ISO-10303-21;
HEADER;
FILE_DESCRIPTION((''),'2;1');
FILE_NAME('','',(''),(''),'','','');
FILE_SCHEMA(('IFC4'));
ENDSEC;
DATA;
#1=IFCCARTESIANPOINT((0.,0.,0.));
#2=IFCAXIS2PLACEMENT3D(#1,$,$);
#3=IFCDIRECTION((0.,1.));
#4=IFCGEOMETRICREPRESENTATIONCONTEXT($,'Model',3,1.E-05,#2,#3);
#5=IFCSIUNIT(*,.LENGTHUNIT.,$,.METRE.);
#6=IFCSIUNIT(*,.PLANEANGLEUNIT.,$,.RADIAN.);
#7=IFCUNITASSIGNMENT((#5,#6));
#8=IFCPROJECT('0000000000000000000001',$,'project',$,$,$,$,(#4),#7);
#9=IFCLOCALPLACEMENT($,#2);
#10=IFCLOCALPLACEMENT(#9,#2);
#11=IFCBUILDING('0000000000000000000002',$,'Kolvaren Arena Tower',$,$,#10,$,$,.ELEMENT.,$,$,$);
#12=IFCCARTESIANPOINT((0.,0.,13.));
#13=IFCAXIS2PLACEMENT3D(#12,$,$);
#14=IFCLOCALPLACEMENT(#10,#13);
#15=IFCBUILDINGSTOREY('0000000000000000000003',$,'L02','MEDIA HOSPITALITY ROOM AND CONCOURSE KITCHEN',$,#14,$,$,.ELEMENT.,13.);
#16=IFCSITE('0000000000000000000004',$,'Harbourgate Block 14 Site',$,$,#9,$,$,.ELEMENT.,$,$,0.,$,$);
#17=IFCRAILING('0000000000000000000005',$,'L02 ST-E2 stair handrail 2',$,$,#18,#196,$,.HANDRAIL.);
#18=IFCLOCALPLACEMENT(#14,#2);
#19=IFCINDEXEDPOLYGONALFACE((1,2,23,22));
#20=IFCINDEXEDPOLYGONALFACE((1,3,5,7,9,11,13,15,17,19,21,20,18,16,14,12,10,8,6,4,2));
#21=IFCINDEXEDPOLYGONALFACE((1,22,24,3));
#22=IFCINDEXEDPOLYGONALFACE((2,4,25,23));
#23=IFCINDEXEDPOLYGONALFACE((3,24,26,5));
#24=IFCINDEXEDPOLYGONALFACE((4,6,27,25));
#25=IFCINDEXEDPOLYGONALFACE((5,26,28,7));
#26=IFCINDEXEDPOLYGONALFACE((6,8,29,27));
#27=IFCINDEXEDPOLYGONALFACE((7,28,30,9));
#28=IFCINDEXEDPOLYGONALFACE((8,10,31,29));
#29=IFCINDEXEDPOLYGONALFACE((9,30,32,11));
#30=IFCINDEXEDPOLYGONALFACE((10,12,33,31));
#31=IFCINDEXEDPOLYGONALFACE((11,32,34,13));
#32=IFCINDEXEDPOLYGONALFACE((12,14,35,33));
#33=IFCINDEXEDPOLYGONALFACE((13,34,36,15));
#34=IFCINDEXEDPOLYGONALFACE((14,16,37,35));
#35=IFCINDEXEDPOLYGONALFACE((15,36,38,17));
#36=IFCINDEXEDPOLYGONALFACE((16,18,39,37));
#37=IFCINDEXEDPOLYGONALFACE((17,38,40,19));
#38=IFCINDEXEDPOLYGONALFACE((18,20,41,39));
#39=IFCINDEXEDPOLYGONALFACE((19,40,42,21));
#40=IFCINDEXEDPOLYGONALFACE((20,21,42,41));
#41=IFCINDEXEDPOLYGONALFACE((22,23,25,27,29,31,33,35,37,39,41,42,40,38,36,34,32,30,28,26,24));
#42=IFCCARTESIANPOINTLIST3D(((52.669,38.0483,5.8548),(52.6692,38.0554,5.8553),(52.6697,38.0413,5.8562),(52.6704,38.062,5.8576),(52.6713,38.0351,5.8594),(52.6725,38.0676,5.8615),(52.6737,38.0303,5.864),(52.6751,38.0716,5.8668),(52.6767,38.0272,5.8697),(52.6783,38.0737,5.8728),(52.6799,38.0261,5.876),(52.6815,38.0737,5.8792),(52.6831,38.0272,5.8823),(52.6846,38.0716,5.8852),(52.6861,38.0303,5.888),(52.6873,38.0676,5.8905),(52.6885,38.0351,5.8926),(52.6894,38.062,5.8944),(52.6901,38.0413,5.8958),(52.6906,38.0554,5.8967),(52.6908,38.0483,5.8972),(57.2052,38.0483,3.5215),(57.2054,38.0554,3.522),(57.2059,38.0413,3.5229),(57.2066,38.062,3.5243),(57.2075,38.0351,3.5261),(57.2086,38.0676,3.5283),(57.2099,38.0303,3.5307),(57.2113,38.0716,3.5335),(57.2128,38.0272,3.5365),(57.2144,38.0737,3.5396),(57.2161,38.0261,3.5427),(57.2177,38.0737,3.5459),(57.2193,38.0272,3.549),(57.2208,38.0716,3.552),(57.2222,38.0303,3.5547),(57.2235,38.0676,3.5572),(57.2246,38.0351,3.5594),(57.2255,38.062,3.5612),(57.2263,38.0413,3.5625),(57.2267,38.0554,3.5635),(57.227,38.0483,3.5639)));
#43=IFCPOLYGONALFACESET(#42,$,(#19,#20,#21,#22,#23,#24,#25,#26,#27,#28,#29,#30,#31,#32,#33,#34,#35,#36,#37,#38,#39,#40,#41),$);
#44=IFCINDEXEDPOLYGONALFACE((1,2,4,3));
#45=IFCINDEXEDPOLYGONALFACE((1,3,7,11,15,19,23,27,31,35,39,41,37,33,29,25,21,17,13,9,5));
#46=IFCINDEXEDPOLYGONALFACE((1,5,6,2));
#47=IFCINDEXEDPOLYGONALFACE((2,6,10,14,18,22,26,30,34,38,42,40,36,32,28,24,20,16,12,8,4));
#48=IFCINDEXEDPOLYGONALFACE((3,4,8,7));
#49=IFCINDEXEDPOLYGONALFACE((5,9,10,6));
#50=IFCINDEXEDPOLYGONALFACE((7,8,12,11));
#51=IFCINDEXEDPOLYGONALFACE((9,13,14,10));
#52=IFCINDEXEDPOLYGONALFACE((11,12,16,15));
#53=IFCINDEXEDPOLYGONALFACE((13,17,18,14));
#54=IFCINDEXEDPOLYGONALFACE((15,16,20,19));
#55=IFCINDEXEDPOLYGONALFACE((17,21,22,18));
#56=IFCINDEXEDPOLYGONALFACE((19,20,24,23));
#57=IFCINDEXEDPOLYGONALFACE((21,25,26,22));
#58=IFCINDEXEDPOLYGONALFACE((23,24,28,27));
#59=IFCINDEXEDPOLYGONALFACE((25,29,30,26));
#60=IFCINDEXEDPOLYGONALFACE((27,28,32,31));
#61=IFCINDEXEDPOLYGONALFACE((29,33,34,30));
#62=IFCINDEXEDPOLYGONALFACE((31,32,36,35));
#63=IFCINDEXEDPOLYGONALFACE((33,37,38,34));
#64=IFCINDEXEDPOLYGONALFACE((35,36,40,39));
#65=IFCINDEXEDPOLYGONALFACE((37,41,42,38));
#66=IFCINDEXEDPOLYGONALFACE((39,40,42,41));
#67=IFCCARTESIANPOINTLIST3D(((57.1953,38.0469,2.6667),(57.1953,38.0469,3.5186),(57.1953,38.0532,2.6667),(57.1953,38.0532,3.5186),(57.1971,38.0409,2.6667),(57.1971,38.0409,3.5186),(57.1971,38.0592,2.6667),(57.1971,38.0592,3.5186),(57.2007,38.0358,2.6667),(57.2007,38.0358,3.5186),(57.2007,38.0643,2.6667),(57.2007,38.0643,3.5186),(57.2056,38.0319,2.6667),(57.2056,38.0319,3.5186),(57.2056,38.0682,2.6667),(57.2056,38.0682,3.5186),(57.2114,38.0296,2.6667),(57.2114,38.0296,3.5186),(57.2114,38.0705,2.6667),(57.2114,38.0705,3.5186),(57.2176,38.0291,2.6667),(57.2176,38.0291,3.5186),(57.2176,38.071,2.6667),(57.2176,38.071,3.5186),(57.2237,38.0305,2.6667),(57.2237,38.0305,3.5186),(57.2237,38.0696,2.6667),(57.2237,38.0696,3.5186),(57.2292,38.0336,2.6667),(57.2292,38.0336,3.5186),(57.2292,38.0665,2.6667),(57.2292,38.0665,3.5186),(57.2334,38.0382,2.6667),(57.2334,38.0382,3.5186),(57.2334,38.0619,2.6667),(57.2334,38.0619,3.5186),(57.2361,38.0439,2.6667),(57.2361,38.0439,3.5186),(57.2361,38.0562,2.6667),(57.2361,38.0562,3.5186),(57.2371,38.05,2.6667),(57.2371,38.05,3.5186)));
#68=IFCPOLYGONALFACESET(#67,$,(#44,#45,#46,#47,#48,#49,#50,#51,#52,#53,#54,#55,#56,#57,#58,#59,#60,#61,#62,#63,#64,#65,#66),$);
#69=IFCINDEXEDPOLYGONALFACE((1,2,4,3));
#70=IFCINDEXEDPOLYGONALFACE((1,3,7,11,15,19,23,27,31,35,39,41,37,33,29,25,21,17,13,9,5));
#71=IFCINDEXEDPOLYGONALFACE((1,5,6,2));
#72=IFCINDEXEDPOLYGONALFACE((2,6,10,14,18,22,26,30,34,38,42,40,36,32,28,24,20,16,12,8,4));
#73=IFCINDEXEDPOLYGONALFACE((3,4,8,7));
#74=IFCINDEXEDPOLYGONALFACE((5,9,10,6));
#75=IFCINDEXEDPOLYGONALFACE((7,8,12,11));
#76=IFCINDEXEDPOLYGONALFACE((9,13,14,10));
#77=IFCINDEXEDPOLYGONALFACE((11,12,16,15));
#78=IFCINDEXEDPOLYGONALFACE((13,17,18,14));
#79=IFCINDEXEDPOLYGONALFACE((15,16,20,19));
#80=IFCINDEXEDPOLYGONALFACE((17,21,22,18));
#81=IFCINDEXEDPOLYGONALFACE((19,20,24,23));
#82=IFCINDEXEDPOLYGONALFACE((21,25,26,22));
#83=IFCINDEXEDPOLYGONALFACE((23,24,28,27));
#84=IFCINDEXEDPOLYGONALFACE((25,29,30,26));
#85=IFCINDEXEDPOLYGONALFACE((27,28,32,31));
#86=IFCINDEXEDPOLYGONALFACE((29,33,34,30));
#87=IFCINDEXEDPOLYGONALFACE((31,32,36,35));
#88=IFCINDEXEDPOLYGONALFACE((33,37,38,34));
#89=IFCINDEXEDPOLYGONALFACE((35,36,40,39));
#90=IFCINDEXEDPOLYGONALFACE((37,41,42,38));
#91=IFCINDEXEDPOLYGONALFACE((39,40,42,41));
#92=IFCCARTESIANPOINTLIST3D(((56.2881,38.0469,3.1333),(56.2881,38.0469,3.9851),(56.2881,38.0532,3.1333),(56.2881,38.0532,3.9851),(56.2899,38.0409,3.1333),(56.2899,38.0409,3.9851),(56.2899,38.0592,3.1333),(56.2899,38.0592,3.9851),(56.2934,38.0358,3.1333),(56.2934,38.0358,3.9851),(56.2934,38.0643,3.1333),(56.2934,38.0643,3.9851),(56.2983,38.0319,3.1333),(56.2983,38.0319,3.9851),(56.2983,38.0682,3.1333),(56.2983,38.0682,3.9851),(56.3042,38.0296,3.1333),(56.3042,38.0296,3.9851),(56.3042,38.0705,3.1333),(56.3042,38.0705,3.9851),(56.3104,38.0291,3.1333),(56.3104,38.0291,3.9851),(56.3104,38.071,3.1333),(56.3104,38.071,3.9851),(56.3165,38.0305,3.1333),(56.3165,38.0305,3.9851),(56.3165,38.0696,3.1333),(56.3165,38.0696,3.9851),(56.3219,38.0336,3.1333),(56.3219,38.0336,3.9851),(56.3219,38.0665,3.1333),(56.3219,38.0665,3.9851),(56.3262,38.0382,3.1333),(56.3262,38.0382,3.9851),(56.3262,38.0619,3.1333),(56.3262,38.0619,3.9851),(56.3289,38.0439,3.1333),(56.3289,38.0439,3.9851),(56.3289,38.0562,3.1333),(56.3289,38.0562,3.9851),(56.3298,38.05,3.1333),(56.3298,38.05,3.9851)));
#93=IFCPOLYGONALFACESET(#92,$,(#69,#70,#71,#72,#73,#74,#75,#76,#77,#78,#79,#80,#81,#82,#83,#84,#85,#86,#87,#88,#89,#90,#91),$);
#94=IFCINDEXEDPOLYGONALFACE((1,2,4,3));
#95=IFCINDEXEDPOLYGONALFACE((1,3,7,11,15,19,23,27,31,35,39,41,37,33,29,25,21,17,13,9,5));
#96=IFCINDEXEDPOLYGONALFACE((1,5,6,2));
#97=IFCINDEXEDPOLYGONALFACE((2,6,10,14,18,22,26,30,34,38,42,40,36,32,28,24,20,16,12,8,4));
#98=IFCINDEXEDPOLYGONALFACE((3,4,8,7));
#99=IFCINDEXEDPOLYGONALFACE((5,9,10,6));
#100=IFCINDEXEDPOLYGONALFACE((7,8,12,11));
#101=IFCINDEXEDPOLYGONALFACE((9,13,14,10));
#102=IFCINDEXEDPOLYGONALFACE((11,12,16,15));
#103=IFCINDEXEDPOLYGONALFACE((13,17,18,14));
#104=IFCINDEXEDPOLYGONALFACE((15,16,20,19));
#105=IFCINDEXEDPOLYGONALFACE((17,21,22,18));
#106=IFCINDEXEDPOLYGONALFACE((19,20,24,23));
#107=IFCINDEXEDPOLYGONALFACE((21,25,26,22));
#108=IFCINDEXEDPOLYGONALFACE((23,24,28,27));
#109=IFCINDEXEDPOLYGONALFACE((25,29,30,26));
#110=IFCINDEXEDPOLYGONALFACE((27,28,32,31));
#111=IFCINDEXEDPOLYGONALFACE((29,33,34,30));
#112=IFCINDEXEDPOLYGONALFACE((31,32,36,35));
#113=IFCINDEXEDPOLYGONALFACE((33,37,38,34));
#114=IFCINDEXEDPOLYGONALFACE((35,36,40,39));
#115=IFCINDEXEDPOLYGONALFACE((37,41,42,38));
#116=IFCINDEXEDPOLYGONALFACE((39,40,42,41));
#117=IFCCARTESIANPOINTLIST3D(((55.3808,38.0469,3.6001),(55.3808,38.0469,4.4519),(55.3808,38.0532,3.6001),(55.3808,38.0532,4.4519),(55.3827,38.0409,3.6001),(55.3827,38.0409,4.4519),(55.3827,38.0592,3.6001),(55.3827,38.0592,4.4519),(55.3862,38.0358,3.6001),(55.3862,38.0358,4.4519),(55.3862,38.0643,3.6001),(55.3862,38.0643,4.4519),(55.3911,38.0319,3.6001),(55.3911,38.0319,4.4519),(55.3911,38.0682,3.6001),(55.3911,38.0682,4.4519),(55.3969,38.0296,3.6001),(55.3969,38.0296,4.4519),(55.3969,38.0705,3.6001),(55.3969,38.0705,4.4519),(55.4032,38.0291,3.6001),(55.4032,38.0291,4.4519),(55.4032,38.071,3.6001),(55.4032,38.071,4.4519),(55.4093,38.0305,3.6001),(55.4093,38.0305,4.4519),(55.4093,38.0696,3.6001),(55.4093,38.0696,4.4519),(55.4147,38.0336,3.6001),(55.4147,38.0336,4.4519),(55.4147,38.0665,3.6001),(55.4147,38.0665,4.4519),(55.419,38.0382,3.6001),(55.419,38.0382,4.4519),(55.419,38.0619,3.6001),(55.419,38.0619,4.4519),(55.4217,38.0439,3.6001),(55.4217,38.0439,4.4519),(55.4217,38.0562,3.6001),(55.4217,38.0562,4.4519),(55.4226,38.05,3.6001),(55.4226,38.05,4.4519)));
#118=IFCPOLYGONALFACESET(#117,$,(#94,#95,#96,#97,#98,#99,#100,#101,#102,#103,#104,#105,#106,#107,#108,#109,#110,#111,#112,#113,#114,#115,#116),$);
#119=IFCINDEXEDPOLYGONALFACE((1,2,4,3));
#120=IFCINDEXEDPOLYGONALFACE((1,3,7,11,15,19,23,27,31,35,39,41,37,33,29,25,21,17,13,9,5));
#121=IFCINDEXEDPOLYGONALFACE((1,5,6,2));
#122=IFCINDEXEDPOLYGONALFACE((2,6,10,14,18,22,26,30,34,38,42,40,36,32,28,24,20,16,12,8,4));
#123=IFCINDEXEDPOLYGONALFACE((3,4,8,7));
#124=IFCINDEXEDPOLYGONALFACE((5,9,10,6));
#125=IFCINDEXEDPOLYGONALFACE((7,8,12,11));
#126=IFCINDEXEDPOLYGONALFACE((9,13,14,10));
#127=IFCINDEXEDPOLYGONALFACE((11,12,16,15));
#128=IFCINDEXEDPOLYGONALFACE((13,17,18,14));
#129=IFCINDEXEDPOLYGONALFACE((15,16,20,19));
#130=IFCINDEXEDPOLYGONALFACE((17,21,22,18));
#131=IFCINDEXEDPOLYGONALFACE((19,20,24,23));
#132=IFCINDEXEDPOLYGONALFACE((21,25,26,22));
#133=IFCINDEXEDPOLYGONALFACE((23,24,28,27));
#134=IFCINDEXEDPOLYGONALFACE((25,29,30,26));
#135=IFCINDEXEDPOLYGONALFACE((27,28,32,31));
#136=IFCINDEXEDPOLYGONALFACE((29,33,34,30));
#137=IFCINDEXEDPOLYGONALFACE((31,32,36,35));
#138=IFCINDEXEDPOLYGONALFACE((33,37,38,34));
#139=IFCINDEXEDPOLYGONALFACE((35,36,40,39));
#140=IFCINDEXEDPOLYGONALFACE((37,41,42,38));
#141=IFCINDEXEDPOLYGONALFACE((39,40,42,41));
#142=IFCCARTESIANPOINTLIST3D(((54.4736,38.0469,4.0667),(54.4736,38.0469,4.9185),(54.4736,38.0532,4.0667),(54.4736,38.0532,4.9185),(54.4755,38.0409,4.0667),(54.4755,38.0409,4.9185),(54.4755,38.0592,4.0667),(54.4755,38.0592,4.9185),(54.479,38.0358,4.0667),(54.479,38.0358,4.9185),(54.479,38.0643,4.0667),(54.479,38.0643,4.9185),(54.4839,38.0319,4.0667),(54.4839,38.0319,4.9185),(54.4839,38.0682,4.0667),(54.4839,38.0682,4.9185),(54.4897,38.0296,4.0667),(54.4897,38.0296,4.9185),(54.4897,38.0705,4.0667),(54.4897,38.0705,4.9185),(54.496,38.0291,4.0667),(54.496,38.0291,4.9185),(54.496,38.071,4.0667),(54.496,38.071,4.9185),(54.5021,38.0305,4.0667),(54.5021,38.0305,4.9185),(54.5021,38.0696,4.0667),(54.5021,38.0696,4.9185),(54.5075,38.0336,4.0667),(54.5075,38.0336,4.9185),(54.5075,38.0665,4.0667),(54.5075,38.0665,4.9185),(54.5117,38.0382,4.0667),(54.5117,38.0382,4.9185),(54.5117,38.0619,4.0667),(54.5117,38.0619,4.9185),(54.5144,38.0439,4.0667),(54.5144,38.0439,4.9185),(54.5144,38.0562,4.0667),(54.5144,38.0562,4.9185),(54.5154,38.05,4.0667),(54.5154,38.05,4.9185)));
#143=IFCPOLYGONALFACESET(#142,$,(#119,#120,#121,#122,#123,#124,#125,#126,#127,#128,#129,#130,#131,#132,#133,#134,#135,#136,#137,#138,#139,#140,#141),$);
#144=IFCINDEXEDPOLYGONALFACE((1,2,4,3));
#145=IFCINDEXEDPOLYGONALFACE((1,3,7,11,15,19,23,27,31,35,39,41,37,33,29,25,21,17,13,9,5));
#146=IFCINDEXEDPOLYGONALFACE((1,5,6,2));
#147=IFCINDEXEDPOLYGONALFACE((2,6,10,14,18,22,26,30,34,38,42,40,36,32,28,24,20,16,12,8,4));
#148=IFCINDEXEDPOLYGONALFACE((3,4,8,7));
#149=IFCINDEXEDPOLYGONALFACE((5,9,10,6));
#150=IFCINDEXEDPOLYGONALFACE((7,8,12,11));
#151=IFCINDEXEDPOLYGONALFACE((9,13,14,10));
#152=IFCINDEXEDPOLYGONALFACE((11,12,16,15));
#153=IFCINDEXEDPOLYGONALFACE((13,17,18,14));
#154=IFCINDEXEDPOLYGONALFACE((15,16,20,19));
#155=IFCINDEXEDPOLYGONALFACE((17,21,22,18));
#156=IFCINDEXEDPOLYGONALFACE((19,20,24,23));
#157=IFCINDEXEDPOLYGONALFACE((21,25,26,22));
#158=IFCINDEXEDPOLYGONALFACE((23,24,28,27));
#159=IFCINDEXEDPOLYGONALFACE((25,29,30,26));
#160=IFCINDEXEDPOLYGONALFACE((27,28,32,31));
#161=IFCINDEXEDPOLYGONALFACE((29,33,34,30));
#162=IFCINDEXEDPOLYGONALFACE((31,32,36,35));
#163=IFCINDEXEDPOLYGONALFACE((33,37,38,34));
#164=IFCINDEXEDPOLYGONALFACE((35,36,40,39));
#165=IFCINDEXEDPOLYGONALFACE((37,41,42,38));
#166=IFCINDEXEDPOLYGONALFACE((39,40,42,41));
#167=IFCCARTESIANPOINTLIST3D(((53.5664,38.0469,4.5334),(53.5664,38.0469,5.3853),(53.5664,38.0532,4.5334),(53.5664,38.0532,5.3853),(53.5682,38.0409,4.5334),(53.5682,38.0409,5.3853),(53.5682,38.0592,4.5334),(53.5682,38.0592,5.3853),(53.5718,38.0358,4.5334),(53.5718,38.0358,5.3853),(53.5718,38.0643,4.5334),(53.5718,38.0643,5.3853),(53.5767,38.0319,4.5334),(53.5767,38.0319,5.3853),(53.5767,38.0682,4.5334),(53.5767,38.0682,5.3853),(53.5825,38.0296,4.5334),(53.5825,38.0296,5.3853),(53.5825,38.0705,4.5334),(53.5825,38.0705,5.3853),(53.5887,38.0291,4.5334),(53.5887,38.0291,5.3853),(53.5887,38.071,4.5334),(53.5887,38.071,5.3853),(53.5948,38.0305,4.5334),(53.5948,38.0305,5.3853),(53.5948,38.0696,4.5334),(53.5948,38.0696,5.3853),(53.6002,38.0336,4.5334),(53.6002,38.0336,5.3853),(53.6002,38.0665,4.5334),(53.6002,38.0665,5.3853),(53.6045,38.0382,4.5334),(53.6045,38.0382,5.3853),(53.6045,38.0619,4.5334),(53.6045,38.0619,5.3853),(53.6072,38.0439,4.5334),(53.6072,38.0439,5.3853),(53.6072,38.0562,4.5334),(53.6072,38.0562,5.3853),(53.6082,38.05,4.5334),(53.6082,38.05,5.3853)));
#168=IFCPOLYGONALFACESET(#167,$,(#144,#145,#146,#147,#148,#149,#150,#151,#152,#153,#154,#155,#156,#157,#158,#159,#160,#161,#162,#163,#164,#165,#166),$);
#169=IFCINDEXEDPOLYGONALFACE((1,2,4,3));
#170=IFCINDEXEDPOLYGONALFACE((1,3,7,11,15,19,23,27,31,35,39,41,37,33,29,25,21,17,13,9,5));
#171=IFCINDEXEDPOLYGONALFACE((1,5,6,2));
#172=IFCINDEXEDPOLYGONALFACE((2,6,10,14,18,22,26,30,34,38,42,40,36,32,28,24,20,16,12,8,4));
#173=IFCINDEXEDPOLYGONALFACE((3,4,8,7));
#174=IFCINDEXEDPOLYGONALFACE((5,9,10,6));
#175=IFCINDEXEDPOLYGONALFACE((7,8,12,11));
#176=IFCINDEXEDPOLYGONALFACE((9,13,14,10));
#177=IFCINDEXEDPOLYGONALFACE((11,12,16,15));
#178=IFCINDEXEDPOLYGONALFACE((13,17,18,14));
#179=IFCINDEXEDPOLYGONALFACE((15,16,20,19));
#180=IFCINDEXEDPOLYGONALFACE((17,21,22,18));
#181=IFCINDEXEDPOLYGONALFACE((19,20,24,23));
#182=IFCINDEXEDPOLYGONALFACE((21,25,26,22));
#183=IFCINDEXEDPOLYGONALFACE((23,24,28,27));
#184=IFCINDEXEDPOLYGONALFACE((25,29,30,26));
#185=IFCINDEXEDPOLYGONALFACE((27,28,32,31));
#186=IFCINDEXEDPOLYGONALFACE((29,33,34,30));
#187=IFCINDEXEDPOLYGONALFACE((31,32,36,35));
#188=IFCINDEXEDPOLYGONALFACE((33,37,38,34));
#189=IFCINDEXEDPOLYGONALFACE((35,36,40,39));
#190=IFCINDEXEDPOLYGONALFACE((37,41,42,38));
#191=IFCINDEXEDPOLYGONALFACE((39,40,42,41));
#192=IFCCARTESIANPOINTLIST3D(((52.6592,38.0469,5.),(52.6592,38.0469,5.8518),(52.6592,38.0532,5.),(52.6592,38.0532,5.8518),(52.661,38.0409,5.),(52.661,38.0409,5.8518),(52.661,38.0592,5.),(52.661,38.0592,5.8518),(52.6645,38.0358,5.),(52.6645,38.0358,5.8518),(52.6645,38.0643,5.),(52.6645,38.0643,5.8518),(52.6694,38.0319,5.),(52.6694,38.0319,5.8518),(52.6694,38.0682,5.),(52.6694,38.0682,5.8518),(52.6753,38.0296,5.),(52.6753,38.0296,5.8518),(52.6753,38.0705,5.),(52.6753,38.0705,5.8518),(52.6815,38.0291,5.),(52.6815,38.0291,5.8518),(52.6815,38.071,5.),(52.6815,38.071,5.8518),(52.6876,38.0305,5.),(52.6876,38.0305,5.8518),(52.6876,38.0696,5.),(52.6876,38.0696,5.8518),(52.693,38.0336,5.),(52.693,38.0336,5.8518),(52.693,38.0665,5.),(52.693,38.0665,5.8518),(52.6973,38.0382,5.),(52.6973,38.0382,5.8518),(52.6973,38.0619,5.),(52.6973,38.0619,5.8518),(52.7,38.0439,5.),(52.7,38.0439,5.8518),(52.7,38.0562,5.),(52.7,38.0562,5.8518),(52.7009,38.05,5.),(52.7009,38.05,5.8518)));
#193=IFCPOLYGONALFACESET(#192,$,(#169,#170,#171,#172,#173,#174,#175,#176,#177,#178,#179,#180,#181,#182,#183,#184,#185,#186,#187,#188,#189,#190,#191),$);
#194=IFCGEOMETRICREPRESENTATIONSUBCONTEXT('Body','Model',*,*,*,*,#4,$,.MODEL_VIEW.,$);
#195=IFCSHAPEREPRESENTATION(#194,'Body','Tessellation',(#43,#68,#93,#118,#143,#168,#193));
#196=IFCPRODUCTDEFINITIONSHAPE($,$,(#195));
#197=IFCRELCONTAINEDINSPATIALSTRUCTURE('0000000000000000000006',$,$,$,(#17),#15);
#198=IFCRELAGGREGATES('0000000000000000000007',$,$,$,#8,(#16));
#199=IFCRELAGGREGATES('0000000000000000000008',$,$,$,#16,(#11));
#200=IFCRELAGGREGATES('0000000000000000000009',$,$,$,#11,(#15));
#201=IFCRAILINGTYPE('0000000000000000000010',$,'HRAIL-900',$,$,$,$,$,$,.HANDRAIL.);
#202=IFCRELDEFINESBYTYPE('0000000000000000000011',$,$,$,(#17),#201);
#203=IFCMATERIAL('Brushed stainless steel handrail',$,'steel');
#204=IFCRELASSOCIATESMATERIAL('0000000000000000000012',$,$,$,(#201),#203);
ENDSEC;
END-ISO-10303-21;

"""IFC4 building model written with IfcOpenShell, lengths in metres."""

from ifc_helpers import new_model, si_unit, direction, frame, origin, origin_2d, place, context, subcontext, project, spatial, circle, extrude, material, type_object, element, save


model = new_model("IFC4")

# Units and contexts
model_context = context("Model", 3, precision=1e-05, world=origin(), true_north=direction((0.0, 1.0)))
body_context = subcontext(model_context, "Body", "Model", "MODEL_VIEW")
ifc_project = project(units=[si_unit("LENGTHUNIT", "METRE"), si_unit("PLANEANGLEUNIT", "RADIAN")], contexts=[model_context])

# Site, building, storey
site_placement = place(None, origin())
site = spatial("IfcSite", under=ifc_project, at=site_placement, Name="Harbourgate Block 14 Site", CompositionType="ELEMENT", RefElevation=0.0)
building_placement = place(site_placement, origin())
building = spatial("IfcBuilding", under=site, at=building_placement, Name="Kolvaren Arena Tower", CompositionType="ELEMENT")
storey_placement = place(building_placement, frame((0.0, 0.0, 13.0)))
storey = spatial("IfcBuildingStorey", under=building, at=storey_placement, Name="L02", Description="MEDIA HOSPITALITY ROOM AND CONCOURSE KITCHEN", CompositionType="ELEMENT", Elevation=13.0)

# Railing
ifc_material_1 = material(Name="Brushed stainless steel handrail", Category="steel")
railing_type_1 = type_object("IfcRailingType", Name="HRAIL-900", PredefinedType="HANDRAIL", material=ifc_material_1)
railing_1_placement = place(storey_placement, frame((57.2161, 38.05, 2.6667)))
element("IfcRailing", 1, at=railing_1_placement, inside=storey, type_object=railing_type_1, Name="L02 ST-E2 stair handrail 2", PredefinedType="HANDRAIL", context=body_context, shape_type="SweptSolid", body=[
    extrude(circle(Radius=0.0239, at=origin_2d()), frame((0.0, 0.0, 0.876), z_axis=(-0.889257, 0.0, 0.457407), x_axis=(0.0, -1.0, 0.0)), (0.0, 0.0, 1.0), 5.1011),
    extrude(circle(Radius=0.021, at=origin_2d()), origin(), (0.0, 0.0, 1.0), 0.8518),
    extrude(circle(Radius=0.021, at=origin_2d()), frame((-0.9072, 0.0, 0.4666)), (0.0, 0.0, 1.0), 0.8518),
    extrude(circle(Radius=0.021, at=origin_2d()), frame((-1.8145, 0.0, 0.9333)), (0.0, 0.0, 1.0), 0.8518),
    extrude(circle(Radius=0.021, at=origin_2d()), frame((-2.7217, 0.0, 1.3999)), (0.0, 0.0, 1.0), 0.8518),
    extrude(circle(Radius=0.021, at=origin_2d()), frame((-3.6289, 0.0, 1.8667)), (0.0, 0.0, 1.0), 0.8518),
    extrude(circle(Radius=0.021, at=origin_2d()), frame((-4.5361, 0.0, 2.3333)), (0.0, 0.0, 1.0), 0.8518),
])

save(model, "model.ifc")
